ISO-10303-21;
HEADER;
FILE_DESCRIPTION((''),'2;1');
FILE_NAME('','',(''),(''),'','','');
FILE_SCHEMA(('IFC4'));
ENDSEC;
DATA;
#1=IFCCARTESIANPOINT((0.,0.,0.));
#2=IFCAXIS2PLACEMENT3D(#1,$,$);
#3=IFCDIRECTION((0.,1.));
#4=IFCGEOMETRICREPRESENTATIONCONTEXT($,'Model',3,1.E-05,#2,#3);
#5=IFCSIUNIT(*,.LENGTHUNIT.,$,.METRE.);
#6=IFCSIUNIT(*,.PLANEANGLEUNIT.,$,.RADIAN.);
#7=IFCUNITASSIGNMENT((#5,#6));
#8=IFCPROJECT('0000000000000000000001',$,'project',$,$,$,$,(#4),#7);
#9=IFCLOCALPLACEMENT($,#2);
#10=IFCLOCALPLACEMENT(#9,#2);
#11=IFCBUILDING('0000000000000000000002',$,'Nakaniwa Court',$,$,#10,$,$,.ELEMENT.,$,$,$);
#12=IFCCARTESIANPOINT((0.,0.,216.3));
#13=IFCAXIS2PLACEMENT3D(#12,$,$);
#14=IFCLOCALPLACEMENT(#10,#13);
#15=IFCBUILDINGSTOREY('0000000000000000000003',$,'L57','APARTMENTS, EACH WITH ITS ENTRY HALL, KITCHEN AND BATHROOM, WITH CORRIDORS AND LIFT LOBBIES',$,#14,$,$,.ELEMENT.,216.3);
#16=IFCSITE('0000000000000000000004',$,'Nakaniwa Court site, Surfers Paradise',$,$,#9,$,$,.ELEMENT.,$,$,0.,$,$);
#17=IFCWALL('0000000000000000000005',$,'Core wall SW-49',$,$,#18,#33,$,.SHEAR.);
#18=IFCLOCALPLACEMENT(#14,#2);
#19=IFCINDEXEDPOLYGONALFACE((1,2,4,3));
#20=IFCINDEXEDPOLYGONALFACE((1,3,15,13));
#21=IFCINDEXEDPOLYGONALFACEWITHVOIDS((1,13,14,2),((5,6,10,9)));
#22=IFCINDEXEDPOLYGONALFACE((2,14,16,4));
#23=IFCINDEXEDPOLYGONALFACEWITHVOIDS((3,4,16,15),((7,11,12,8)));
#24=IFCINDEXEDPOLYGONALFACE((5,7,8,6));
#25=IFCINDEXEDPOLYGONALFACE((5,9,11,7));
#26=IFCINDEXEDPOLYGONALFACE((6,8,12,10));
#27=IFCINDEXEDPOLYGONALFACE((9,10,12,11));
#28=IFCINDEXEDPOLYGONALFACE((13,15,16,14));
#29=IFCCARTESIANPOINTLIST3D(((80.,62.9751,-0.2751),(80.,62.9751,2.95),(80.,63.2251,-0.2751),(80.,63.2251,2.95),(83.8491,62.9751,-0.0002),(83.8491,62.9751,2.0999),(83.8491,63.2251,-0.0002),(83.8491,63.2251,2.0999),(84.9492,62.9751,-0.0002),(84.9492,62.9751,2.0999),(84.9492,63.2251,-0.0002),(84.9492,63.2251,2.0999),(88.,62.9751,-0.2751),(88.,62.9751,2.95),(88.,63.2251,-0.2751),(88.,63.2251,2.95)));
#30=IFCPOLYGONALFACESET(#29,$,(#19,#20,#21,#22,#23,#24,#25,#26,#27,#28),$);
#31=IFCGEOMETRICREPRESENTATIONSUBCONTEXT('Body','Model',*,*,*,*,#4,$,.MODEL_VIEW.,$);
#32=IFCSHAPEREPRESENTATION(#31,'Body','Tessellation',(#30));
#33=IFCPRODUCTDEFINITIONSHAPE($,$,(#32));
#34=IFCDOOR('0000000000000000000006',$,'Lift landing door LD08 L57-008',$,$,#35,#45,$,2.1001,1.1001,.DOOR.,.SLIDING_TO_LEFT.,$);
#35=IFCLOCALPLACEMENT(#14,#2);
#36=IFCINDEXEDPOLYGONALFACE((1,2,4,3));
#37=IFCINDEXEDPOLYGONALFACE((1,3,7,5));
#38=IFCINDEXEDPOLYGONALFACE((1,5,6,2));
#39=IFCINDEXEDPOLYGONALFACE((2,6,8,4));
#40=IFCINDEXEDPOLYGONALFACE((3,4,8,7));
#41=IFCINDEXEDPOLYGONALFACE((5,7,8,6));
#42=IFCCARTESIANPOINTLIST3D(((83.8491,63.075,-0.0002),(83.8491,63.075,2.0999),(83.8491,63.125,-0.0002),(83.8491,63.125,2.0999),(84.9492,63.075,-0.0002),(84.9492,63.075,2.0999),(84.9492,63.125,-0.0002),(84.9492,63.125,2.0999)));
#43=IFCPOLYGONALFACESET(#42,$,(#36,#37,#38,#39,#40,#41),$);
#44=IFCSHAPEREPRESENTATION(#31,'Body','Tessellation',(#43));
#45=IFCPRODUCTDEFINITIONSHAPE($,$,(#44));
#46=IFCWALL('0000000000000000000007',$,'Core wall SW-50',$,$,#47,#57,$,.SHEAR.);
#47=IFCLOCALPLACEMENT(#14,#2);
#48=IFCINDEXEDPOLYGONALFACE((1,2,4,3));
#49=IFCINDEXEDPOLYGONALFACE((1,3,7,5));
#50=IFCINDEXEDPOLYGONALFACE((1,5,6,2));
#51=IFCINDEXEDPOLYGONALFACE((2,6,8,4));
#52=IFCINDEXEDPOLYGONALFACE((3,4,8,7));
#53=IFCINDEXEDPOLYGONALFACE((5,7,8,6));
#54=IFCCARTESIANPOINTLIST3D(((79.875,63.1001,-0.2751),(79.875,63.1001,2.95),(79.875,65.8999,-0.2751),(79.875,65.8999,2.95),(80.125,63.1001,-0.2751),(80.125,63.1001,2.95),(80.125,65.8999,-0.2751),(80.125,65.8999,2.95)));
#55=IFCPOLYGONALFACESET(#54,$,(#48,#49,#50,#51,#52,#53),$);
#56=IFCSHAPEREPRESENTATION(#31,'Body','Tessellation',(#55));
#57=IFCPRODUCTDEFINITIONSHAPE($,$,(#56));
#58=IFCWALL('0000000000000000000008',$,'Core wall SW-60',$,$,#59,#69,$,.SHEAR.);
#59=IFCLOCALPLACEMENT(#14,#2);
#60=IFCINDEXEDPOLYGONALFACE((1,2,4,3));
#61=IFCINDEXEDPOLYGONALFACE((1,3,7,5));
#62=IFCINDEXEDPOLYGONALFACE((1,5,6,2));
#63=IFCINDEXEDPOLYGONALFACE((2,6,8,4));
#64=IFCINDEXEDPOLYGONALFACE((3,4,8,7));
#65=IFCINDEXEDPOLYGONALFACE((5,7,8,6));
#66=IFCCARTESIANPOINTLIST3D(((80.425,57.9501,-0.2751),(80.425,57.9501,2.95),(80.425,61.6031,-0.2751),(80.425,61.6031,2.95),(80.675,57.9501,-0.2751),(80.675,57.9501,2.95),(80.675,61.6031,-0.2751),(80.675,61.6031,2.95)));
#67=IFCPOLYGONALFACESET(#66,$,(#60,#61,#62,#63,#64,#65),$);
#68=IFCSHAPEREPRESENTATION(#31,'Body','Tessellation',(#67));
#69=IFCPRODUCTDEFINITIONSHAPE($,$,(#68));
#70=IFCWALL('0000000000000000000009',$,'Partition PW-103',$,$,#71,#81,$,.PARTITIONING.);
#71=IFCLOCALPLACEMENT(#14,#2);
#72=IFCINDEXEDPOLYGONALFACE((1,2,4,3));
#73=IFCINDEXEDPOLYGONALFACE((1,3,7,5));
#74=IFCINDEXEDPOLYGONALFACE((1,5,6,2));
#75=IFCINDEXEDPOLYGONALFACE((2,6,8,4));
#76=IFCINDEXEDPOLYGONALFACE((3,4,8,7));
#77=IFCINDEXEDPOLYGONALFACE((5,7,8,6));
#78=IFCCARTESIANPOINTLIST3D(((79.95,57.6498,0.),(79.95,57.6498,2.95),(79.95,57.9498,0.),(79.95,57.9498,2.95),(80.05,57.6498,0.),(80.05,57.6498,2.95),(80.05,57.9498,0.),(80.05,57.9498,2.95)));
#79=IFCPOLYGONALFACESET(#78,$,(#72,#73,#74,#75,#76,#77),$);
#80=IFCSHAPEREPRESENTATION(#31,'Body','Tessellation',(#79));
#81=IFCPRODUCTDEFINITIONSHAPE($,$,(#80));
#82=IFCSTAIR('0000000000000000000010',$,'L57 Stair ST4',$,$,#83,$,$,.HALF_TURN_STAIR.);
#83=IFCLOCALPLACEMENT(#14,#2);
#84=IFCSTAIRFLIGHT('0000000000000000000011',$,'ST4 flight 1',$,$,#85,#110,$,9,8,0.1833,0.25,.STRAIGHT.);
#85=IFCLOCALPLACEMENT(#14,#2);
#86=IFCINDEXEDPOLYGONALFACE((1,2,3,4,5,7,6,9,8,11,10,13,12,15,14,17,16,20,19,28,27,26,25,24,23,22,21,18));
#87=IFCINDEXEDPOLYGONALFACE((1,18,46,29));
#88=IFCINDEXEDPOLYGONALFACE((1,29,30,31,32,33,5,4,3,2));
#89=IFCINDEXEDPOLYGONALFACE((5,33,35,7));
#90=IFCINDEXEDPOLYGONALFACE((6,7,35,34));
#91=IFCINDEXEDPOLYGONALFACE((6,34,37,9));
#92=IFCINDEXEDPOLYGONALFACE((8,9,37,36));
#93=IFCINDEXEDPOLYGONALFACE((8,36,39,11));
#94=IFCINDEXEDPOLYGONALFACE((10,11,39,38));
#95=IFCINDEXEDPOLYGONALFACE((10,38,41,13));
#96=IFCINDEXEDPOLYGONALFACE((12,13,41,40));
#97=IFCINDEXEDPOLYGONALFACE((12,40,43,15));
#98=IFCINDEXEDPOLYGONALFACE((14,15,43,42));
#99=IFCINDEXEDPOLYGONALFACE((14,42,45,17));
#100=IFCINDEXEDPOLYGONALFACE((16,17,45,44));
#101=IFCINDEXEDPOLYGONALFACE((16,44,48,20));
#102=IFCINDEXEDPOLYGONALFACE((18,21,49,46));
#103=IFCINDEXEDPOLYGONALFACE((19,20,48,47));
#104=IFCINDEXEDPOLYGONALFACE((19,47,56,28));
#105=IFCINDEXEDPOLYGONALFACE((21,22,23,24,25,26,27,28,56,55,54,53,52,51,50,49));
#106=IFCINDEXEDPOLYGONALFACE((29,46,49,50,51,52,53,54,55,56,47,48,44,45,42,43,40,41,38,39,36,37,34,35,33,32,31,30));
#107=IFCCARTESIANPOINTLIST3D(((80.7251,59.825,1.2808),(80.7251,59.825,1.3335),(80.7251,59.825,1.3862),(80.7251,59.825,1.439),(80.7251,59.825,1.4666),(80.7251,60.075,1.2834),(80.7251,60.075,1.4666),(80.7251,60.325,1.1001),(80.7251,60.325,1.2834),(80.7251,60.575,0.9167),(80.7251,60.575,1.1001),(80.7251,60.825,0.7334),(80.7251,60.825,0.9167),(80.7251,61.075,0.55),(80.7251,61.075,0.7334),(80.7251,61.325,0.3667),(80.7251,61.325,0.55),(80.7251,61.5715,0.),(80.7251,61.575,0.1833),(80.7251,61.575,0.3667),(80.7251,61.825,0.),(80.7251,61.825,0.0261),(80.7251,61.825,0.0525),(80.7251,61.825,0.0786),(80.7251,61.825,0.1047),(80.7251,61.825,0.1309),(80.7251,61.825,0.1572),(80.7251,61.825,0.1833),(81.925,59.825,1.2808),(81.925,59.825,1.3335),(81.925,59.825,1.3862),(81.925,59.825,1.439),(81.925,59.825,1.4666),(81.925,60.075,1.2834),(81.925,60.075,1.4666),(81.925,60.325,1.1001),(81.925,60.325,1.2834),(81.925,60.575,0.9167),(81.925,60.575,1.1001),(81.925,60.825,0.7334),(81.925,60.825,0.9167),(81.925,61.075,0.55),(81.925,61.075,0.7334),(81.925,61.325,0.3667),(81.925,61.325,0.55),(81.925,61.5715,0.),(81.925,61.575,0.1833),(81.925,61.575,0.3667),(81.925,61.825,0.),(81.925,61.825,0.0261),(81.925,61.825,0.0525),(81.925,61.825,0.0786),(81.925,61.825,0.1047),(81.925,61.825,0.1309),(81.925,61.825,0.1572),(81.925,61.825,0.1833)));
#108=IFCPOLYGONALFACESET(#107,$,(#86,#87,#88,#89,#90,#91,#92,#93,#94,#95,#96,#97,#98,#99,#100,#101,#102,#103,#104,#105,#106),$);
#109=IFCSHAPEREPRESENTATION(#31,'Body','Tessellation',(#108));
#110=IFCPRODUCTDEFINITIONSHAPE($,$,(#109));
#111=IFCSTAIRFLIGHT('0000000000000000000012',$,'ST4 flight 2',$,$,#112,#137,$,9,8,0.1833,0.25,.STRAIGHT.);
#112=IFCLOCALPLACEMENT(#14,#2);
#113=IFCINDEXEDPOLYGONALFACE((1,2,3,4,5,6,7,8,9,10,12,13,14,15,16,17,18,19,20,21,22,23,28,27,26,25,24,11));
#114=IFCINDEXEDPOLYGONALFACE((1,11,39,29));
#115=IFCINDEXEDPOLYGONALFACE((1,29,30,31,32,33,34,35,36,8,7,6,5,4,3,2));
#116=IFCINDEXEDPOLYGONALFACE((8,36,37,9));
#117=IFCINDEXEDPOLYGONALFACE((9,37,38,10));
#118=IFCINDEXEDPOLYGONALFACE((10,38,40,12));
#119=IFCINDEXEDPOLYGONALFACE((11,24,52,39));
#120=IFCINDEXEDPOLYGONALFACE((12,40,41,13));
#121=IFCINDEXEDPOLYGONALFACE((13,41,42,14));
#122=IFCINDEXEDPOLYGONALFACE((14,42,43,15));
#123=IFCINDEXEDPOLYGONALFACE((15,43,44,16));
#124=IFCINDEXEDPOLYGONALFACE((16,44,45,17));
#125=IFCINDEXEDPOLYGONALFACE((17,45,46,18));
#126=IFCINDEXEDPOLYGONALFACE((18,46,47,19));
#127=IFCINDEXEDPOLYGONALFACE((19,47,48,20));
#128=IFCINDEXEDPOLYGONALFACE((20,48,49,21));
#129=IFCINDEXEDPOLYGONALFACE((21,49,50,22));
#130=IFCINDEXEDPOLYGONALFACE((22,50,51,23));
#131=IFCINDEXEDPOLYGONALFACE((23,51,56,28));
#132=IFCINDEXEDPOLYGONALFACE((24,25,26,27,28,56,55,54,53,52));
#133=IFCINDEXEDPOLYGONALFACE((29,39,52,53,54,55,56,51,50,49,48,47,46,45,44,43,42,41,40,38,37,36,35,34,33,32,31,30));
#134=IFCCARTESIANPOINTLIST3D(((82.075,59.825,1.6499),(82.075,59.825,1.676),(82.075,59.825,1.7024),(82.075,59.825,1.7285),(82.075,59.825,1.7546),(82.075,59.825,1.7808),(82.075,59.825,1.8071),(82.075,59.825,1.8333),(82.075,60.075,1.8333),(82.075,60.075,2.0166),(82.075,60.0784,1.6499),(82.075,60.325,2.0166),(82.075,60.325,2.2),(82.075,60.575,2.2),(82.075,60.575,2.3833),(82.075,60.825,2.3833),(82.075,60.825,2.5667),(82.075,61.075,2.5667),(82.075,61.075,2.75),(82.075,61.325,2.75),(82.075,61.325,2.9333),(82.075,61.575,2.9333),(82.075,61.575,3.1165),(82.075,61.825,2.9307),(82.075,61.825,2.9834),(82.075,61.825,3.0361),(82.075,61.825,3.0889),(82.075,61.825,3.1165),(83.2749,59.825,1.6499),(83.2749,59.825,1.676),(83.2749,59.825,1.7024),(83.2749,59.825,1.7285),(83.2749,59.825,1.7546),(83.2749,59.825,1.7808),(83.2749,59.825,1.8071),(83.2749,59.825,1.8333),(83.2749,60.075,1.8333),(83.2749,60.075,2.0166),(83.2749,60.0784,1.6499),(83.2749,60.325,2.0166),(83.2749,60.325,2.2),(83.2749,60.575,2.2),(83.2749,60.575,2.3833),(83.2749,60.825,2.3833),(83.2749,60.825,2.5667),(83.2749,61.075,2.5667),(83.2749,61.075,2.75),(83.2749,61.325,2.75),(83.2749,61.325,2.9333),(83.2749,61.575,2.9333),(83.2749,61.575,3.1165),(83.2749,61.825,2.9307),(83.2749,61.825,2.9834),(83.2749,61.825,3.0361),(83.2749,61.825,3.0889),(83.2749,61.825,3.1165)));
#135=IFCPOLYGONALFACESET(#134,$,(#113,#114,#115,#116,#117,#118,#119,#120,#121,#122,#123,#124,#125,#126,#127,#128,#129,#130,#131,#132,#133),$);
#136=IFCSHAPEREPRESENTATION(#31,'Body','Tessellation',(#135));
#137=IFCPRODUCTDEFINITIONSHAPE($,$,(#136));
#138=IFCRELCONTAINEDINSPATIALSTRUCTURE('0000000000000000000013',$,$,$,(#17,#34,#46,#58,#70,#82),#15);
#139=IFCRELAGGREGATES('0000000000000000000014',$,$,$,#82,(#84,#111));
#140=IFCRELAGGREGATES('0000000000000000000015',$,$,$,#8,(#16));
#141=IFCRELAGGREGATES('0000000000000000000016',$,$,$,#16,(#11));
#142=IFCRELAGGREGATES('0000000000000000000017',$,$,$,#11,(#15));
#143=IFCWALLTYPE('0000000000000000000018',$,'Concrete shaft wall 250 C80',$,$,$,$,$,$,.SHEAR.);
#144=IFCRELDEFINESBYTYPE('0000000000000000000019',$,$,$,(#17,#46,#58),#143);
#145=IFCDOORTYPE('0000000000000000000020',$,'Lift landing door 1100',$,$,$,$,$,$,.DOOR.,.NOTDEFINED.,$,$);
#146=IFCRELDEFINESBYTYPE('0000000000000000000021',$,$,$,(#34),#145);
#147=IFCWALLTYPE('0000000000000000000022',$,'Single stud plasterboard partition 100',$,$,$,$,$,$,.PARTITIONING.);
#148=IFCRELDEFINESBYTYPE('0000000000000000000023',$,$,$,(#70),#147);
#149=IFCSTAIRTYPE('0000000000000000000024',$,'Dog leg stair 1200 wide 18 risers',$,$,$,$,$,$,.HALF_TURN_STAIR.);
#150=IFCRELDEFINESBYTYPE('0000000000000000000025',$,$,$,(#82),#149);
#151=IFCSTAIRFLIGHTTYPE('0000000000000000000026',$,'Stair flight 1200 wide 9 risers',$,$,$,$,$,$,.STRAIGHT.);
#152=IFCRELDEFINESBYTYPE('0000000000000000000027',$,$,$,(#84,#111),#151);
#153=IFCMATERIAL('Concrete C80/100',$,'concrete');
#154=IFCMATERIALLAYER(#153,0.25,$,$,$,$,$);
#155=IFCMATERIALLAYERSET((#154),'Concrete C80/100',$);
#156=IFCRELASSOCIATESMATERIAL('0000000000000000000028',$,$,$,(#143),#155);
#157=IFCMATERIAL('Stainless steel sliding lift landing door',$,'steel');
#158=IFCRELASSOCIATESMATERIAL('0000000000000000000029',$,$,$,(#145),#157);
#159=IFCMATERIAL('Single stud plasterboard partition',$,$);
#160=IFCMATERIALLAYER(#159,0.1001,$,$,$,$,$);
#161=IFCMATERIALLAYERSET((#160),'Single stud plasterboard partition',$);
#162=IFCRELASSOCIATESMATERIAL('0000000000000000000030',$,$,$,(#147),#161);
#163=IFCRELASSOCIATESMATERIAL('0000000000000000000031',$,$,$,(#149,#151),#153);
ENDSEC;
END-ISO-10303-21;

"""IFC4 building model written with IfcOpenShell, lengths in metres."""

from ifc_helpers import new_model, si_unit, direction, frame, frame_2d, origin, place, context, subcontext, project, spatial, polyline, rectangle, outline, extrude, material, layer, layer_set, type_object, element, fill, aggregate, save


model = new_model("IFC4")

# Units and contexts
model_context = context("Model", 3, precision=1e-05, world=origin(), true_north=direction((0.0, 1.0)))
body_context = subcontext(model_context, "Body", "Model", "MODEL_VIEW")
ifc_project = project(units=[si_unit("LENGTHUNIT", "METRE"), si_unit("PLANEANGLEUNIT", "RADIAN")], contexts=[model_context])

# Site, building, storey
site_placement = place(None, origin())
site = spatial("IfcSite", under=ifc_project, at=site_placement, Name="Nakaniwa Court site, Surfers Paradise", CompositionType="ELEMENT", RefElevation=0.0)
building_placement = place(site_placement, origin())
building = spatial("IfcBuilding", under=site, at=building_placement, Name="Nakaniwa Court", CompositionType="ELEMENT")
storey_placement = place(building_placement, frame((0.0, 0.0, 216.3)))
storey = spatial("IfcBuildingStorey", under=building, at=storey_placement, Name="L57", Description="APARTMENTS, EACH WITH ITS ENTRY HALL, KITCHEN AND BATHROOM, WITH CORRIDORS AND LIFT LOBBIES", CompositionType="ELEMENT", Elevation=216.3)

# Shared definitions
ifc_material_1 = material(Name="Concrete C80/100", Category="concrete")

# Shared definitions
ifc_layer_1 = layer(ifc_material_1, 0.25)
ifc_layer_set_1 = layer_set([ifc_layer_1], Name="Concrete C80/100")
wall_type_1 = type_object("IfcWallType", Name="Concrete shaft wall 250 C80", PredefinedType="SHEAR", material=ifc_layer_set_1)

# Wall, opening, door
wall_1_placement = place(storey_placement, frame((80.0, 63.1001, -0.2751), z_axis=(0.0, 0.0, 1.0), x_axis=(1.0, 0.0, 0.0)))
wall_1 = element("IfcWall", 1, at=wall_1_placement, inside=storey, type_object=wall_type_1, Name="Core wall SW-49", PredefinedType="SHEAR", context=body_context, shape_type="SweptSolid", body=[
    extrude(rectangle(XDim=8.0, YDim=0.25, at=frame_2d((4.0, 0.0))), origin(), (0.0, 0.0, 1.0), 3.2251),
])
opening_1_placement = place(wall_1_placement, frame((3.8491, 0.0, 0.2749)))
opening_1 = element("IfcOpeningElement", 2, at=opening_1_placement, cuts=wall_1, PredefinedType="OPENING", context=body_context, shape_type="SweptSolid", body=[
    extrude(rectangle(XDim=1.1001, YDim=2.1001, at=frame_2d((0.55, 1.05))), frame((0.0, 0.135, 0.0), z_axis=(0.0, -1.0, 0.0), x_axis=(1.0, 0.0, 0.0)), (0.0, 0.0, 1.0), 0.27),
])
ifc_material_2 = material(Name="Stainless steel sliding lift landing door", Category="steel")
door_type_1 = type_object("IfcDoorType", Name="Lift landing door 1100", OperationType="NOTDEFINED", PredefinedType="DOOR", material=ifc_material_2)
door_1_placement = place(opening_1_placement, origin())
door_1 = element("IfcDoor", 3, at=door_1_placement, inside=storey, type_object=door_type_1, Name="Lift landing door LD08 L57-008", OperationType="SLIDING_TO_LEFT", OverallHeight=2.1001, OverallWidth=1.1001, PredefinedType="DOOR", context=body_context, shape_type="SweptSolid", body=[
    extrude(rectangle(XDim=1.1001, YDim=2.1001, at=frame_2d((0.55, 1.05))), frame((0.0, 0.0249, 0.0), z_axis=(0.0, -1.0, 0.0), x_axis=(1.0, 0.0, 0.0)), (0.0, 0.0, 1.0), 0.05),
])
fill(opening_1, door_1)

# Walls
wall_2_placement = place(storey_placement, frame((80.0, 63.1001, -0.2751), z_axis=(0.0, 0.0, 1.0), x_axis=(0.0, 1.0, 0.0)))
element("IfcWall", 4, at=wall_2_placement, inside=storey, type_object=wall_type_1, Name="Core wall SW-50", PredefinedType="SHEAR", context=body_context, shape_type="SweptSolid", body=[
    extrude(rectangle(XDim=2.7998, YDim=0.25, at=frame_2d((1.3999, 0.0))), origin(), (0.0, 0.0, 1.0), 3.2251),
])
wall_3_placement = place(storey_placement, frame((80.55, 57.95, -0.2751), z_axis=(0.0, 0.0, 1.0), x_axis=(0.0, 1.0, 0.0)))
element("IfcWall", 5, at=wall_3_placement, inside=storey, type_object=wall_type_1, Name="Core wall SW-60", PredefinedType="SHEAR", context=body_context, shape_type="SweptSolid", body=[
    extrude(rectangle(XDim=3.6531, YDim=0.25, at=frame_2d((1.8267, 0.0))), origin(), (0.0, 0.0, 1.0), 3.2251),
])
ifc_material_3 = material(Name="Single stud plasterboard partition")
ifc_layer_2 = layer(ifc_material_3, 0.1001)
ifc_layer_set_2 = layer_set([ifc_layer_2], Name="Single stud plasterboard partition")
wall_type_2 = type_object("IfcWallType", Name="Single stud plasterboard partition 100", PredefinedType="PARTITIONING", material=ifc_layer_set_2)
wall_4_placement = place(storey_placement, frame((80.0, 57.6499, 0.0), z_axis=(0.0, 0.0, 1.0), x_axis=(0.0, 1.0, 0.0)))
element("IfcWall", 6, at=wall_4_placement, inside=storey, type_object=wall_type_2, Name="Partition PW-103", PredefinedType="PARTITIONING", context=body_context, shape_type="SweptSolid", body=[
    extrude(rectangle(XDim=0.3, YDim=0.1001, at=frame_2d((0.1499, 0.0))), origin(), (0.0, 0.0, 1.0), 2.95),
])

# Stair, stair flights
stair_type = type_object("IfcStairType", Name="Dog leg stair 1200 wide 18 risers", PredefinedType="HALF_TURN_STAIR", material=ifc_material_1)
stair_placement = place(storey_placement, origin())
stair = element("IfcStair", 7, at=stair_placement, inside=storey, type_object=stair_type, Name="L57 Stair ST4", PredefinedType="HALF_TURN_STAIR")
stair_flight_type = type_object("IfcStairFlightType", Name="Stair flight 1200 wide 9 risers", PredefinedType="STRAIGHT", material=ifc_material_1)
stair_flight_1_placement = place(storey_placement, frame((81.325, 61.825, 0.0), z_axis=(0.0, 0.0, 1.0), x_axis=(0.0, -1.0, 0.0)))
stair_flight_1 = element("IfcStairFlight", 8, at=stair_flight_1_placement, type_object=stair_flight_type, Name="ST4 flight 1", NumberOfRisers=9, NumberOfTreads=8, PredefinedType="STRAIGHT", RiserHeight=0.1833, TreadLength=0.25, context=body_context, shape_type="SweptSolid", body=[
    extrude(outline(polyline([(0.0, 0.0), (0.0, 0.0261), (0.0, 0.0525), (0.0, 0.0786), (0.0, 0.1047), (0.0, 0.1309), (0.0, 0.1572), (0.0, 0.1833), (0.25, 0.1833), (0.25, 0.3667), (0.5, 0.3667), (0.5, 0.55), (0.75, 0.55), (0.75, 0.7334), (1.0, 0.7334), (1.0, 0.9167), (1.25, 0.9167), (1.25, 1.1001), (1.5, 1.1001), (1.5, 1.2834), (1.75, 1.2834), (1.75, 1.4666), (2.0, 1.4666), (2.0, 1.6499), (2.0, 1.5972), (2.0, 1.5444), (2.0, 1.4917), (2.0, 1.439), (2.0, 1.3862), (2.0, 1.3335), (2.0, 1.2808), (0.2534, 0.0), (0.0, 0.0)])), frame((0.0, 0.6001, 0.0), z_axis=(0.0, -1.0, 0.0), x_axis=(1.0, 0.0, 0.0)), (0.0, 0.0, 1.0), 1.2),
])
stair_flight_2_placement = place(storey_placement, frame((82.675, 59.825, 1.6499), z_axis=(0.0, 0.0, 1.0), x_axis=(0.0, 1.0, 0.0)))
stair_flight_2 = element("IfcStairFlight", 9, at=stair_flight_2_placement, type_object=stair_flight_type, Name="ST4 flight 2", NumberOfRisers=9, NumberOfTreads=8, PredefinedType="STRAIGHT", RiserHeight=0.1833, TreadLength=0.25, context=body_context, shape_type="SweptSolid", body=[
    extrude(outline(polyline([(0.0, 0.0), (0.0, 0.0261), (0.0, 0.0525), (0.0, 0.0786), (0.0, 0.1047), (0.0, 0.1309), (0.0, 0.1572), (0.0, 0.1833), (0.25, 0.1833), (0.25, 0.3667), (0.5, 0.3667), (0.5, 0.55), (0.75, 0.55), (0.75, 0.7334), (1.0, 0.7334), (1.0, 0.9167), (1.25, 0.9167), (1.25, 1.1001), (1.5, 1.1001), (1.5, 1.2834), (1.75, 1.2834), (1.75, 1.4666), (2.0, 1.4666), (2.0, 1.6499), (2.0, 1.5972), (2.0, 1.5444), (2.0, 1.4917), (2.0, 1.439), (2.0, 1.3862), (2.0, 1.3335), (2.0, 1.2808), (0.2534, 0.0), (0.0, 0.0)])), frame((0.0, 0.6001, 0.0), z_axis=(0.0, -1.0, 0.0), x_axis=(1.0, 0.0, 0.0)), (0.0, 0.0, 1.0), 1.2),
])
aggregate(stair, [stair_flight_1, stair_flight_2])

save(model, "model.ifc")
